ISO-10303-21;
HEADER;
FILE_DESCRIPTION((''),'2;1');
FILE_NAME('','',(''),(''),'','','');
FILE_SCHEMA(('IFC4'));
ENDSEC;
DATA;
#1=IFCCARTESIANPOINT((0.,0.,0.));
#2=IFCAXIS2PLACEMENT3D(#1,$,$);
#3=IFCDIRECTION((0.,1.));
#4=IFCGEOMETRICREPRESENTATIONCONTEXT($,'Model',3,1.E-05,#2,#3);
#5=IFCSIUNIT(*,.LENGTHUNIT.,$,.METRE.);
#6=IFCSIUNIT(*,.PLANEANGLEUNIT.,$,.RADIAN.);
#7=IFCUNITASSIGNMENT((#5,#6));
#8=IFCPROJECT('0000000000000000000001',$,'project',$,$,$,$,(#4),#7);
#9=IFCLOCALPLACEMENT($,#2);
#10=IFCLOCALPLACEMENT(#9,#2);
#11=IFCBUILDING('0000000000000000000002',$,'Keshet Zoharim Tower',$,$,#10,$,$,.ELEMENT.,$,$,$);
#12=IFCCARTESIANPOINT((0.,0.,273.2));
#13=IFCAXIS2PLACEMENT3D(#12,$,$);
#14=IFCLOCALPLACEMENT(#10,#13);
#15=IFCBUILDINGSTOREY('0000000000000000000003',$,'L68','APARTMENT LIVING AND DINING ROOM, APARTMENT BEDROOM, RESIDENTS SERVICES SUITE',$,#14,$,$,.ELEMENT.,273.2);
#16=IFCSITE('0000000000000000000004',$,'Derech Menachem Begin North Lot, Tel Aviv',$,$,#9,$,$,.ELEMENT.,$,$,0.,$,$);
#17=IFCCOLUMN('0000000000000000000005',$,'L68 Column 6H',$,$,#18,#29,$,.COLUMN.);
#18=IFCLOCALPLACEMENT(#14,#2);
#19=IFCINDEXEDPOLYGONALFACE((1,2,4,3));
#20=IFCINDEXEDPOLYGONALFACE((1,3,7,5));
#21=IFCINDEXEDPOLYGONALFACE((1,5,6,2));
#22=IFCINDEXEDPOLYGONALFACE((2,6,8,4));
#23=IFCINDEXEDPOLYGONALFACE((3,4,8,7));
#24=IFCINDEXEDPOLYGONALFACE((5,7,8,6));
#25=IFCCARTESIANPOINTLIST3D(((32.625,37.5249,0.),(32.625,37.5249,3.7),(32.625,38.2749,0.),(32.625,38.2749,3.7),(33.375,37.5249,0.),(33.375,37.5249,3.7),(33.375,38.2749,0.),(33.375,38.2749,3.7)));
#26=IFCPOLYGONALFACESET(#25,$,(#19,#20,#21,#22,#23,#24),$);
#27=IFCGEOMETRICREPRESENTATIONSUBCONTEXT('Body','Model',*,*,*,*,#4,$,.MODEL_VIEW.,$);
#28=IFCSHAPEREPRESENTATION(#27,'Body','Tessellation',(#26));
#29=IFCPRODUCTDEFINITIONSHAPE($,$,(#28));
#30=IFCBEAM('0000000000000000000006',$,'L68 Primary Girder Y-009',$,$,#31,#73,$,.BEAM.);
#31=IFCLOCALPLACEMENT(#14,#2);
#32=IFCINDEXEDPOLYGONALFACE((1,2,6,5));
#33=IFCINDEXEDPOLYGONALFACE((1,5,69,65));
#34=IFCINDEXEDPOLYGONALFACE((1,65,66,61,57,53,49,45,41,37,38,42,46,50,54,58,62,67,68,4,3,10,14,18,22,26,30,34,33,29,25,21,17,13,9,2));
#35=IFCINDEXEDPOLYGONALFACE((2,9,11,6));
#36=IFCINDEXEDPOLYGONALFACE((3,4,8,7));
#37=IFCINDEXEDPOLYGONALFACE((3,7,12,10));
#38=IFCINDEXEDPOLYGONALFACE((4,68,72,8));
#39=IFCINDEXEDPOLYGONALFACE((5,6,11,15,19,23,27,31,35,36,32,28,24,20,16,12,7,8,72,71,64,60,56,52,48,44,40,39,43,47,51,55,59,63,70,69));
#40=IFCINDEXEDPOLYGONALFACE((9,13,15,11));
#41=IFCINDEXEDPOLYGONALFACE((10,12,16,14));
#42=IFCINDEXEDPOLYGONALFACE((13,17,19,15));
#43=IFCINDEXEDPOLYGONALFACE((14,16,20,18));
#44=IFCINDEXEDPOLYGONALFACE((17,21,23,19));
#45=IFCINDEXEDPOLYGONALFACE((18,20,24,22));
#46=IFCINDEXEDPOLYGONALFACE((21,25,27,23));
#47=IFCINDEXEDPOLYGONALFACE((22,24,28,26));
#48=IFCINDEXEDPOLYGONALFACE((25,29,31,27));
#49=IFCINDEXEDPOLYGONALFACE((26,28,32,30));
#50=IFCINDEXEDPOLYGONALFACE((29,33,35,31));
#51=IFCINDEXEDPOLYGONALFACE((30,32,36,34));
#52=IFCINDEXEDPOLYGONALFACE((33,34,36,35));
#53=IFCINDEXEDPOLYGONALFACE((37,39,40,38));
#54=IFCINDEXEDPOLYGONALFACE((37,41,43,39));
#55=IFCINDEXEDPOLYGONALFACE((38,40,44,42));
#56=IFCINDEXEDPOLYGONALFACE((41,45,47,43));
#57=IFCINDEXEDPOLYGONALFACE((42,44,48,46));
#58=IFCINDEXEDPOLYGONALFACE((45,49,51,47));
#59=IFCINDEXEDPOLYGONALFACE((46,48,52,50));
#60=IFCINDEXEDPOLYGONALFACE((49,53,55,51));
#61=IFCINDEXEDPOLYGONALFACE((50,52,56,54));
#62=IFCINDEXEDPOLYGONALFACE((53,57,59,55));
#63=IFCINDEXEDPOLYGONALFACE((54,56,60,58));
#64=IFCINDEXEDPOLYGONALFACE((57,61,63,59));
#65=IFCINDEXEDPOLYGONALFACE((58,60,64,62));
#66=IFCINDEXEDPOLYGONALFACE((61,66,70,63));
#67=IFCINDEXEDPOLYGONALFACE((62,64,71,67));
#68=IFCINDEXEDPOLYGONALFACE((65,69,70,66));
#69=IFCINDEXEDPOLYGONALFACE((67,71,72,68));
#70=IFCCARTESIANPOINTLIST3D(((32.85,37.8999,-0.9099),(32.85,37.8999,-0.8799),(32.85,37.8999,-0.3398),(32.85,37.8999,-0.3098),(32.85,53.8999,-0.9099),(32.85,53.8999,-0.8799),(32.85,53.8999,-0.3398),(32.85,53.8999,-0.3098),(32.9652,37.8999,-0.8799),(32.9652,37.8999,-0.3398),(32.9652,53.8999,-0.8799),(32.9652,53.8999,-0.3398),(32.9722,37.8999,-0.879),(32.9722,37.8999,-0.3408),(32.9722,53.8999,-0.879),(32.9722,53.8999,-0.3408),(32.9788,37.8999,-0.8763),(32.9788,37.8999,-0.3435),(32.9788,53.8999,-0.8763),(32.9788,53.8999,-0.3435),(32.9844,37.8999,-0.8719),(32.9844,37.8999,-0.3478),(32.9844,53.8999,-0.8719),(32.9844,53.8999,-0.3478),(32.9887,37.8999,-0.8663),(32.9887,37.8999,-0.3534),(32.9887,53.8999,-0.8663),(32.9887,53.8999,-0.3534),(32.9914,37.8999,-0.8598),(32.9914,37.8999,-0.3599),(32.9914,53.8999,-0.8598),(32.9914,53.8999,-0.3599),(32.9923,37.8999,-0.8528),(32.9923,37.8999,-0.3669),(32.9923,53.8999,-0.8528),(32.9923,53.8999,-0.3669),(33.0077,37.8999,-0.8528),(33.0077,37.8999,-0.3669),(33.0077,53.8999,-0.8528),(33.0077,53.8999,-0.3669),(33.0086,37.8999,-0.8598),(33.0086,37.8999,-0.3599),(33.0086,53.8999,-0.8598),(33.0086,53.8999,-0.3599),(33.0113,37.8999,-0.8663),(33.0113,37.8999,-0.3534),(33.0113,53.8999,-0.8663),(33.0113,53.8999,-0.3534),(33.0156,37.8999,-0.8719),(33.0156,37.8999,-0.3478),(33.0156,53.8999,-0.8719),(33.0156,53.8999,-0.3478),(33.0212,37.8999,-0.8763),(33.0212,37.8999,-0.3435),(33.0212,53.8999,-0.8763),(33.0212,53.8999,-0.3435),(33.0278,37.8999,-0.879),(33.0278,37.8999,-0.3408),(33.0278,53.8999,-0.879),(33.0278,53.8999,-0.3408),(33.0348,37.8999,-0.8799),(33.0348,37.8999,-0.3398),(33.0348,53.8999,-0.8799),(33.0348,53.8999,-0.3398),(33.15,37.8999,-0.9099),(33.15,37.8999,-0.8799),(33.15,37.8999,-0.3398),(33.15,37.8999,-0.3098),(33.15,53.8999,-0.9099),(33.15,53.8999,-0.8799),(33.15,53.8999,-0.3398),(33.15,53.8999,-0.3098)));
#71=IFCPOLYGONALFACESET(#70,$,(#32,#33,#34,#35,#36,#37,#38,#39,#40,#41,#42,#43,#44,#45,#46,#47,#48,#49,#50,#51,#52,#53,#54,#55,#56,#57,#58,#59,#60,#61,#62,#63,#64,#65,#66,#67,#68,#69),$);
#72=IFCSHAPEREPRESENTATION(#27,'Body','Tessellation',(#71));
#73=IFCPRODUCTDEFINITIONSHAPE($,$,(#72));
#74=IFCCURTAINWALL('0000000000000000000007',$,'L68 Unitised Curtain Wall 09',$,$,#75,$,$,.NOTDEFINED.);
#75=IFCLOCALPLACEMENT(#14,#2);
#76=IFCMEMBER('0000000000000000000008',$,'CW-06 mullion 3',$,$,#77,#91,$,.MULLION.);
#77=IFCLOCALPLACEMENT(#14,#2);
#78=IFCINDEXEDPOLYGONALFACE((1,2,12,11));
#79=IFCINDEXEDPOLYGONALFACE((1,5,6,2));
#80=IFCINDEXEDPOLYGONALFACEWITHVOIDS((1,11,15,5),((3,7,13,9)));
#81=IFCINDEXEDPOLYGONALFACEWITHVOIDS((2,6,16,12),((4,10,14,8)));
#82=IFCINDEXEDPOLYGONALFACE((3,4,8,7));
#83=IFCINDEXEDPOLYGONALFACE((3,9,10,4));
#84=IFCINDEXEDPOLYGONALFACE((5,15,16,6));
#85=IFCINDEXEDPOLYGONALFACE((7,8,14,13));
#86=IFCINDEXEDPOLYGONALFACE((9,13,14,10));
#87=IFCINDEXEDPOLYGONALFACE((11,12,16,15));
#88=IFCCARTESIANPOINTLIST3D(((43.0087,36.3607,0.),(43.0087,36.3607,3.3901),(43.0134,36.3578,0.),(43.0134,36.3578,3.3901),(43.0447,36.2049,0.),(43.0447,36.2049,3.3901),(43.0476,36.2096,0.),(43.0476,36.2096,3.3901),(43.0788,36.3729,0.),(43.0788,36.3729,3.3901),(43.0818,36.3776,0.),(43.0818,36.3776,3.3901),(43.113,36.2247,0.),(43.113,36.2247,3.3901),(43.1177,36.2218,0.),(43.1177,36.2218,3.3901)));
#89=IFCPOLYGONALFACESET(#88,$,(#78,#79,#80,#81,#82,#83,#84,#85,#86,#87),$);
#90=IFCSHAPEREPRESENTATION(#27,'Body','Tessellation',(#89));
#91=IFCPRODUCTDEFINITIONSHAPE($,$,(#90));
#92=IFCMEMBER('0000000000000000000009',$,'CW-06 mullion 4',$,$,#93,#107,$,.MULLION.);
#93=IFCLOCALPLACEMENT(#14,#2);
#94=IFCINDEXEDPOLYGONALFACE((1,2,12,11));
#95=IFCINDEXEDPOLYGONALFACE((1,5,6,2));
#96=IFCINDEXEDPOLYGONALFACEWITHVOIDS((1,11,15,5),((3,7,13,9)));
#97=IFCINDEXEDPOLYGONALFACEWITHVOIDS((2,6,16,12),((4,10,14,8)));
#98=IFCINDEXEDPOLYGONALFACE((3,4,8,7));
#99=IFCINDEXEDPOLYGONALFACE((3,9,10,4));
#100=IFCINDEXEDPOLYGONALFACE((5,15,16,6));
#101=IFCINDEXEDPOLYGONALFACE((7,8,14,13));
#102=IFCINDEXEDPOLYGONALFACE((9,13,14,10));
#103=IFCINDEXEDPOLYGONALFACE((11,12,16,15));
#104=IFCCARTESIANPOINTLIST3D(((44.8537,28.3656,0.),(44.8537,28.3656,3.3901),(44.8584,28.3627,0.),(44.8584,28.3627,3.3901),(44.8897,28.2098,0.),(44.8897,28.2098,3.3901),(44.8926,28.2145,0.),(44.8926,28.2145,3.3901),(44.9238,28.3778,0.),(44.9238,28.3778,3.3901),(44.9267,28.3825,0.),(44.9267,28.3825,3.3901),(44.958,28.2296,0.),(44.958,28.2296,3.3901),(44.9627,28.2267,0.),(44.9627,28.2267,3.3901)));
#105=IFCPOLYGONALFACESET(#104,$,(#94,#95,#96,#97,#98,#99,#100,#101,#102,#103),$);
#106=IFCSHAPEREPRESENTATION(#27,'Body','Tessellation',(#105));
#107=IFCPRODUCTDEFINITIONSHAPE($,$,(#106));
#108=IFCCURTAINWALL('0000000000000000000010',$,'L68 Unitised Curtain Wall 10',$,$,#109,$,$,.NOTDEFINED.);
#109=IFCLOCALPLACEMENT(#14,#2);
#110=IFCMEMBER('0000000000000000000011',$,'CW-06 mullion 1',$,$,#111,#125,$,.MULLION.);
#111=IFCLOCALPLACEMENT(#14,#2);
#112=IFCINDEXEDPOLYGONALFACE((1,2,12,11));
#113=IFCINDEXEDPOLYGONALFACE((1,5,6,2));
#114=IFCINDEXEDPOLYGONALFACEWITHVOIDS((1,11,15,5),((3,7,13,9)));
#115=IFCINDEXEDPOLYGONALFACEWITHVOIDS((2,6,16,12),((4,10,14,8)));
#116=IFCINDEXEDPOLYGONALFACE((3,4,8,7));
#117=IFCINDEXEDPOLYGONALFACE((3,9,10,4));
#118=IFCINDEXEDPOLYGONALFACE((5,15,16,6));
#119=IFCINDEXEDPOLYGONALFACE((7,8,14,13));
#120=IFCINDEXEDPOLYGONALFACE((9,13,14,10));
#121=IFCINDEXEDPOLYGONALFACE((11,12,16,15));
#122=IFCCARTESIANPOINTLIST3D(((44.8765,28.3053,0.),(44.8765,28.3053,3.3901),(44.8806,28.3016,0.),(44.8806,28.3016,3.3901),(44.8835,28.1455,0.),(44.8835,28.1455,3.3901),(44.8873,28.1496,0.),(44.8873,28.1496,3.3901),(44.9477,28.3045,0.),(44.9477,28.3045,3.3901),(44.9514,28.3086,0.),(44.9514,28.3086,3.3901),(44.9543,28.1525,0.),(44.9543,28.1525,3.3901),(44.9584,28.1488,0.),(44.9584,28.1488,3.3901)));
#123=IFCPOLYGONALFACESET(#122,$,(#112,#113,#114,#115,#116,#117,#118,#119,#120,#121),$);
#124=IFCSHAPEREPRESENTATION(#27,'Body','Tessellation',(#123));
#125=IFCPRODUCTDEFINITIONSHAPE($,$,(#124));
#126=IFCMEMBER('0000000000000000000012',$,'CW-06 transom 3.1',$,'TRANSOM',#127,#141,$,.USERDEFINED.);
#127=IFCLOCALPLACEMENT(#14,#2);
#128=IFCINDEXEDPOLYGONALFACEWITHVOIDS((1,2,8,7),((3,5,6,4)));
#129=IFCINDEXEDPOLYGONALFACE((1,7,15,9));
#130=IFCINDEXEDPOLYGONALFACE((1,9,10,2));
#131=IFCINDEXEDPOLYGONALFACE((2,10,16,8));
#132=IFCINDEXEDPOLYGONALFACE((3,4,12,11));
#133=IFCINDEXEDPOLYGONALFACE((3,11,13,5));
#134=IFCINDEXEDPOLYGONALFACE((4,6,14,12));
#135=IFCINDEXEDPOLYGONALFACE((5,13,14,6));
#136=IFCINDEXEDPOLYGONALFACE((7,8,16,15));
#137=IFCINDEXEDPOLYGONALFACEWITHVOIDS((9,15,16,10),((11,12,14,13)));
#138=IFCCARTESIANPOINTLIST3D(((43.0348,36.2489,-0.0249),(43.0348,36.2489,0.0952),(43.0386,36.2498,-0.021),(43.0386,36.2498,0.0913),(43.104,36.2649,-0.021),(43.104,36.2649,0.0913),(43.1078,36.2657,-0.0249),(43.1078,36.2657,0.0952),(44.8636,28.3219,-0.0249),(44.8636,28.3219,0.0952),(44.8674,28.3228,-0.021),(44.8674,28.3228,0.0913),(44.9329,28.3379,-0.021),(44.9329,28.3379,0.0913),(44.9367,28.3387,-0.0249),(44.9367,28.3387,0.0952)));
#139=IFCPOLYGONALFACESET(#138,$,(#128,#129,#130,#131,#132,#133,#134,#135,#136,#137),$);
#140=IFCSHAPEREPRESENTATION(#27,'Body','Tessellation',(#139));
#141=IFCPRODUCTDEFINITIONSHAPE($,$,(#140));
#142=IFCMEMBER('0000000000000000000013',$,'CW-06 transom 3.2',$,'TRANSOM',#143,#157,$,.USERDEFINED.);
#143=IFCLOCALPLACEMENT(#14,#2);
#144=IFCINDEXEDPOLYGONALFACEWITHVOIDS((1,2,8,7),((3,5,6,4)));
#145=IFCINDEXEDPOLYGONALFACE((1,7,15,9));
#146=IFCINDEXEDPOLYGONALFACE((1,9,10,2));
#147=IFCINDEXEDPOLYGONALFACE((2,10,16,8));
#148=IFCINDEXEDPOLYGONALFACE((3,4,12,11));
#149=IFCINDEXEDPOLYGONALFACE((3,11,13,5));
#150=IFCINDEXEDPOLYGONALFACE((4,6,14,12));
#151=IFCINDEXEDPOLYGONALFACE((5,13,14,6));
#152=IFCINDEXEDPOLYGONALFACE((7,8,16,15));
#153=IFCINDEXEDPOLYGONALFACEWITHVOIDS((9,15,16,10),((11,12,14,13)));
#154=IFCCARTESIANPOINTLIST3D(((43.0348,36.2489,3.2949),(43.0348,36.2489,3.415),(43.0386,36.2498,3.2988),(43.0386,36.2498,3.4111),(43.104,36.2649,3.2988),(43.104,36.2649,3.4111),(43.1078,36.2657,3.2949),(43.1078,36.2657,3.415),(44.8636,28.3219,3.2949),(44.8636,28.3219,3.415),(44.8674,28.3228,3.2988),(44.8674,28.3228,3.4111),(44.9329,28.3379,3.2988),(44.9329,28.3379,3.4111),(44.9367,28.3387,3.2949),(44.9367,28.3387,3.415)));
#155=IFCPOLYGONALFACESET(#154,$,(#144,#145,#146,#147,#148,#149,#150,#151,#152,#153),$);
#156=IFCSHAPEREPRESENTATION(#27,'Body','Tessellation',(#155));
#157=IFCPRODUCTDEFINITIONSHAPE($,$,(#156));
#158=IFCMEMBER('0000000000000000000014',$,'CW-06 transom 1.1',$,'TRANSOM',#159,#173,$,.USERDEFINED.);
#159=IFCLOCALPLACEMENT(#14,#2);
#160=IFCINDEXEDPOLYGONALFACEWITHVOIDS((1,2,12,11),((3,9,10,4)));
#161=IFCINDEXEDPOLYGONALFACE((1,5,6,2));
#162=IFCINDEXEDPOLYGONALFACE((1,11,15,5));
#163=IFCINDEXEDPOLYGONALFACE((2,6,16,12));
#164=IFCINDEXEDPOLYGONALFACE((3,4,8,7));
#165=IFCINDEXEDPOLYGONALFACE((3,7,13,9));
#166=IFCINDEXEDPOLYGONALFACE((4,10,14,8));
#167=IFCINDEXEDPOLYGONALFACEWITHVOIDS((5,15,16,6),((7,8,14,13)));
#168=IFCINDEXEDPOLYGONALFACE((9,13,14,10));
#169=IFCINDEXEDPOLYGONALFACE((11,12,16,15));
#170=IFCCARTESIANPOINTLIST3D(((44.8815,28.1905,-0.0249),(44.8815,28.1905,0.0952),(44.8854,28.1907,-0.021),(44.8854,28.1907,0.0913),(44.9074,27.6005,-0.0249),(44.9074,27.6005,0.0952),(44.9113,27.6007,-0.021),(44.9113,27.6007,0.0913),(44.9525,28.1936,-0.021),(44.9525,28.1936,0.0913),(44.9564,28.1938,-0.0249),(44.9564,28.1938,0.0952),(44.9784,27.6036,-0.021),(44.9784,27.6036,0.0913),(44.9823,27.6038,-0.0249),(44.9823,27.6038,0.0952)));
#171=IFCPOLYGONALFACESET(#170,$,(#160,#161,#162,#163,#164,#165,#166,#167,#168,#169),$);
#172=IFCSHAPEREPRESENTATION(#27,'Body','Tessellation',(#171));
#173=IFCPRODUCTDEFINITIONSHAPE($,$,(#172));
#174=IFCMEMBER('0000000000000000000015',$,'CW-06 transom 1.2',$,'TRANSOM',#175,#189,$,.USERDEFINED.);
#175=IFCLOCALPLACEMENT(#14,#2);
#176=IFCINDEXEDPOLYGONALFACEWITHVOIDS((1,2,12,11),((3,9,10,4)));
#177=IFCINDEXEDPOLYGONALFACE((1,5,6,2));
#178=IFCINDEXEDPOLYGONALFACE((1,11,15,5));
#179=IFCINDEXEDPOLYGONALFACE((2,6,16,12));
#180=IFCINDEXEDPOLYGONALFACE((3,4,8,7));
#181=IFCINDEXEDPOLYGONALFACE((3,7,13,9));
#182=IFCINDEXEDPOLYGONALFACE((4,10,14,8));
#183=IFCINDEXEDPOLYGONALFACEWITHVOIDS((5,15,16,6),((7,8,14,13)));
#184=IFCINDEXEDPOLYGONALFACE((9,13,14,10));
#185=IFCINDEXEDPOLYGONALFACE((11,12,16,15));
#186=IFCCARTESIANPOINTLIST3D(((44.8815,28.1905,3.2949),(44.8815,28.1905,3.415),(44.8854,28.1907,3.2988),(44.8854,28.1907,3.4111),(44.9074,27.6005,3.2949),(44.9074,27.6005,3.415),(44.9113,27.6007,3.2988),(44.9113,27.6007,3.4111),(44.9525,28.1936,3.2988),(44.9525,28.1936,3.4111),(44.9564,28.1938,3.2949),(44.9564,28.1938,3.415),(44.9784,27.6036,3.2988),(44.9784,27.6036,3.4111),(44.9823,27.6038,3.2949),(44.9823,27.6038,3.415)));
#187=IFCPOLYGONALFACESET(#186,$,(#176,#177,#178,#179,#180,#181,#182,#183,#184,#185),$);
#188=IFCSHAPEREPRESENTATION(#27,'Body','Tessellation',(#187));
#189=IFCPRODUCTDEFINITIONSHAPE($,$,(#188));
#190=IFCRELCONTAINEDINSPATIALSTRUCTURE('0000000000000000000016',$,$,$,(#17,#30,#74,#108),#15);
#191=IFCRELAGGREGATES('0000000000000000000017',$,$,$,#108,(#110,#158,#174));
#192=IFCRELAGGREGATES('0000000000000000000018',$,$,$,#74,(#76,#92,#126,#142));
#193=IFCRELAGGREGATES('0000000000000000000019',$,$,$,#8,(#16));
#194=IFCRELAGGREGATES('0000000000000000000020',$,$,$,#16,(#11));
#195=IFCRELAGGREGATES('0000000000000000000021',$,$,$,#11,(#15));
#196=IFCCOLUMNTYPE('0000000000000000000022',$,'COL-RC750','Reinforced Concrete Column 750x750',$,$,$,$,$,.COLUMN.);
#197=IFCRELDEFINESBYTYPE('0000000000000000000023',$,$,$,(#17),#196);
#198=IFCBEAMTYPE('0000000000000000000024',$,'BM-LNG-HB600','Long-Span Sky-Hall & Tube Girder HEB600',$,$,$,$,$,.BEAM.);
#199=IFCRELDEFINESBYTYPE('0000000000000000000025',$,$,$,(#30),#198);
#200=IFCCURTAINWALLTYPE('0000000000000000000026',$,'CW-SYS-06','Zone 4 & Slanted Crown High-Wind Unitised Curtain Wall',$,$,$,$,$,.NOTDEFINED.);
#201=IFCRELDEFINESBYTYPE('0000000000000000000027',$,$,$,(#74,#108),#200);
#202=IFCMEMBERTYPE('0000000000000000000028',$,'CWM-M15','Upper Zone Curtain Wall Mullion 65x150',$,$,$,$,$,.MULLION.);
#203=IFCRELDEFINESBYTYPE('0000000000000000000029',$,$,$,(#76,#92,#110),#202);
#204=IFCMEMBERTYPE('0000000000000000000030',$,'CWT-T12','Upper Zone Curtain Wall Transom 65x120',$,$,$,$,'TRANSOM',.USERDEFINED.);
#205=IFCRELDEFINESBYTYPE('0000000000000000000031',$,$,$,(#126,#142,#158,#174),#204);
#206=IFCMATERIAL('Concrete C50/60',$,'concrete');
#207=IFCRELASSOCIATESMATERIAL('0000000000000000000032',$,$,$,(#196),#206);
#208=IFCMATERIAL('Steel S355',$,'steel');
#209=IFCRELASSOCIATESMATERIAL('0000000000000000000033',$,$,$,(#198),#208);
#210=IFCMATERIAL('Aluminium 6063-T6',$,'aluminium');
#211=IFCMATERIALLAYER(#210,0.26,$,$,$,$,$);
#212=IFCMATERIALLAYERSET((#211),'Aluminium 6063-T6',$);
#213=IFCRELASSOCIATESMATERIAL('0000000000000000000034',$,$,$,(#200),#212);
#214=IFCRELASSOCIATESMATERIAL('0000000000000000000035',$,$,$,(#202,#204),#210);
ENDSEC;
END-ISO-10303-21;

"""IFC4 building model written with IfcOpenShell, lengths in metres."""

from ifc_helpers import new_model, si_unit, direction, frame, origin, origin_2d, place, context, subcontext, project, spatial, rectangle, hollow_rectangle, i_section, extrude, material, layer, layer_set, material_profile, profile_set, type_object, element, aggregate, save


model = new_model("IFC4")

# Units and contexts
model_context = context("Model", 3, precision=1e-05, world=origin(), true_north=direction((0.0, 1.0)))
body_context = subcontext(model_context, "Body", "Model", "MODEL_VIEW")
ifc_project = project(units=[si_unit("LENGTHUNIT", "METRE"), si_unit("PLANEANGLEUNIT", "RADIAN")], contexts=[model_context])

# Site, building, storey
site_placement = place(None, origin())
site = spatial("IfcSite", under=ifc_project, at=site_placement, Name="Derech Menachem Begin North Lot, Tel Aviv", CompositionType="ELEMENT", RefElevation=0.0)
building_placement = place(site_placement, origin())
building = spatial("IfcBuilding", under=site, at=building_placement, Name="Keshet Zoharim Tower", CompositionType="ELEMENT")
storey_placement = place(building_placement, frame((0.0, 0.0, 273.2)))
storey = spatial("IfcBuildingStorey", under=building, at=storey_placement, Name="L68", Description="APARTMENT LIVING AND DINING ROOM, APARTMENT BEDROOM, RESIDENTS SERVICES SUITE", CompositionType="ELEMENT", Elevation=273.2)

# Column
ifc_material_1 = material(Name="Concrete C50/60", Category="concrete")
ifc_material_profile_1 = material_profile(ifc_material_1, rectangle(XDim=0.75, YDim=0.75, at=origin_2d()), Name="RC750x750")
ifc_profile_set_1 = profile_set([ifc_material_profile_1], Name="Concrete C50/60")
column_type = type_object("IfcColumnType", Name="COL-RC750", Description="Reinforced Concrete Column 750x750", PredefinedType="COLUMN", material=ifc_profile_set_1)
column_placement = place(storey_placement, frame((33.0, 37.8999, 0.0), z_axis=(0.0, 0.0, 1.0), x_axis=(1.0, 0.0, 0.0)))
element("IfcColumn", 1, at=column_placement, inside=storey, type_object=column_type, Name="L68 Column 6H", PredefinedType="COLUMN", context=body_context, shape_type="SweptSolid", body=[
    extrude(rectangle(XDim=0.75, YDim=0.75, at=origin_2d()), origin(), (0.0, 0.0, 1.0), 3.7),
])

# Beam
ifc_material_2 = material(Name="Steel S355", Category="steel")
ifc_material_profile_2 = material_profile(ifc_material_2, i_section(OverallWidth=0.3, OverallDepth=0.6001, WebThickness=0.0154, FlangeThickness=0.03, FilletRadius=0.0271, at=origin_2d()), Name="HEB600")
ifc_profile_set_2 = profile_set([ifc_material_profile_2], Name="Steel S355")
beam_type = type_object("IfcBeamType", Name="BM-LNG-HB600", Description="Long-Span Sky-Hall & Tube Girder HEB600", PredefinedType="BEAM", material=ifc_profile_set_2)
beam_placement = place(storey_placement, frame((33.0, 37.8999, -0.6099), z_axis=(0.0, 1.0, 0.0), x_axis=(-1.0, 0.0, 0.0)))
element("IfcBeam", 2, at=beam_placement, inside=storey, type_object=beam_type, Name="L68 Primary Girder Y-009", PredefinedType="BEAM", context=body_context, shape_type="SweptSolid", body=[
    extrude(i_section(OverallWidth=0.3, OverallDepth=0.6001, WebThickness=0.0154, FlangeThickness=0.03, FilletRadius=0.0271, at=origin_2d()), origin(), (0.0, 0.0, 1.0), 16.0),
])

# Curtain wall, members
ifc_material_3 = material(Name="Aluminium 6063-T6", Category="aluminium")
ifc_layer_1 = layer(ifc_material_3, 0.26)
ifc_layer_set_1 = layer_set([ifc_layer_1], Name="Aluminium 6063-T6")
curtain_wall_type = type_object("IfcCurtainWallType", Name="CW-SYS-06", Description="Zone 4 & Slanted Crown High-Wind Unitised Curtain Wall", PredefinedType="NOTDEFINED", material=ifc_layer_set_1)
curtain_wall_1_placement = place(storey_placement, origin())
curtain_wall_1 = element("IfcCurtainWall", 3, at=curtain_wall_1_placement, inside=storey, type_object=curtain_wall_type, Name="L68 Unitised Curtain Wall 09", PredefinedType="NOTDEFINED")
ifc_material_profile_3 = material_profile(ifc_material_3, hollow_rectangle(XDim=0.075, YDim=0.1599, WallThickness=0.0039, at=origin_2d()), Name="MUL-75x160")
ifc_profile_set_3 = profile_set([ifc_material_profile_3], Name="Aluminium 6063-T6")
member_type_1 = type_object("IfcMemberType", Name="CWM-M15", Description="Upper Zone Curtain Wall Mullion 65x150", PredefinedType="MULLION", material=ifc_profile_set_3)
member_1_placement = place(storey_placement, frame((43.0632, 36.2913, 0.0), z_axis=(0.0, 0.0, 1.0), x_axis=(0.974398, 0.22483, 0.0)))
member_1 = element("IfcMember", 4, at=member_1_placement, type_object=member_type_1, Name="CW-06 mullion 3", PredefinedType="MULLION", context=body_context, shape_type="SweptSolid", body=[
    extrude(hollow_rectangle(XDim=0.075, YDim=0.1599, WallThickness=0.0039, at=origin_2d()), origin(), (0.0, 0.0, 1.0), 3.3901),
])
member_2_placement = place(storey_placement, frame((44.9082, 28.2961, 0.0), z_axis=(0.0, 0.0, 1.0), x_axis=(0.974398, 0.22483, 0.0)))
member_2 = element("IfcMember", 5, at=member_2_placement, type_object=member_type_1, Name="CW-06 mullion 4", PredefinedType="MULLION", context=body_context, shape_type="SweptSolid", body=[
    extrude(hollow_rectangle(XDim=0.075, YDim=0.1599, WallThickness=0.0039, at=origin_2d()), origin(), (0.0, 0.0, 1.0), 3.3901),
])

# Curtain wall, member
curtain_wall_2_placement = place(storey_placement, origin())
curtain_wall_2 = element("IfcCurtainWall", 6, at=curtain_wall_2_placement, inside=storey, type_object=curtain_wall_type, Name="L68 Unitised Curtain Wall 10", PredefinedType="NOTDEFINED")
member_3_placement = place(storey_placement, frame((44.9175, 28.2271, 0.0), z_axis=(0.0, 0.0, 1.0), x_axis=(0.999041, 0.043794, 0.0)))
member_3 = element("IfcMember", 7, at=member_3_placement, type_object=member_type_1, Name="CW-06 mullion 1", PredefinedType="MULLION", context=body_context, shape_type="SweptSolid", body=[
    extrude(hollow_rectangle(XDim=0.075, YDim=0.1599, WallThickness=0.0039, at=origin_2d()), origin(), (0.0, 0.0, 1.0), 3.3901),
])

# Members
ifc_material_profile_4 = material_profile(ifc_material_3, hollow_rectangle(XDim=0.075, YDim=0.1201, WallThickness=0.0039, at=origin_2d()), Name="TRN-75x120")
ifc_profile_set_4 = profile_set([ifc_material_profile_4], Name="Aluminium 6063-T6")
member_type_2 = type_object("IfcMemberType", Name="CWT-T12", Description="Upper Zone Curtain Wall Transom 65x120", ElementType="TRANSOM", PredefinedType="USERDEFINED", material=ifc_profile_set_4)
member_4_placement = place(storey_placement, frame((43.0713, 36.2573, 0.0352), z_axis=(0.224807, -0.974403, 0.0), x_axis=(0.974403, 0.224807, 0.0)))
member_4 = element("IfcMember", 8, at=member_4_placement, type_object=member_type_2, Name="CW-06 transom 3.1", ObjectType="TRANSOM", PredefinedType="USERDEFINED", context=body_context, shape_type="SweptSolid", body=[
    extrude(hollow_rectangle(XDim=0.075, YDim=0.1201, WallThickness=0.0039, at=origin_2d()), origin(), (0.0, 0.0, 1.0), 8.1353),
])
member_5_placement = place(storey_placement, frame((43.0713, 36.2573, 3.355), z_axis=(0.224807, -0.974403, 0.0), x_axis=(0.974403, 0.224807, 0.0)))
member_5 = element("IfcMember", 9, at=member_5_placement, type_object=member_type_2, Name="CW-06 transom 3.2", ObjectType="TRANSOM", PredefinedType="USERDEFINED", context=body_context, shape_type="SweptSolid", body=[
    extrude(hollow_rectangle(XDim=0.075, YDim=0.1201, WallThickness=0.0039, at=origin_2d()), origin(), (0.0, 0.0, 1.0), 8.1353),
])
member_6_placement = place(storey_placement, frame((44.9189, 28.1921, 0.0352), z_axis=(0.043814, -0.99904, 0.0), x_axis=(0.99904, 0.043814, 0.0)))
member_6 = element("IfcMember", 10, at=member_6_placement, type_object=member_type_2, Name="CW-06 transom 1.1", ObjectType="TRANSOM", PredefinedType="USERDEFINED", context=body_context, shape_type="SweptSolid", body=[
    extrude(hollow_rectangle(XDim=0.075, YDim=0.1201, WallThickness=0.0039, at=origin_2d()), origin(), (0.0, 0.0, 1.0), 0.5906),
])
member_7_placement = place(storey_placement, frame((44.9189, 28.1921, 3.355), z_axis=(0.043814, -0.99904, 0.0), x_axis=(0.99904, 0.043814, 0.0)))
member_7 = element("IfcMember", 11, at=member_7_placement, type_object=member_type_2, Name="CW-06 transom 1.2", ObjectType="TRANSOM", PredefinedType="USERDEFINED", context=body_context, shape_type="SweptSolid", body=[
    extrude(hollow_rectangle(XDim=0.075, YDim=0.1201, WallThickness=0.0039, at=origin_2d()), origin(), (0.0, 0.0, 1.0), 0.5906),
])
aggregate(curtain_wall_2, [member_3, member_6, member_7])

aggregate(curtain_wall_1, [member_1, member_2, member_4, member_5])

save(model, "model.ifc")
